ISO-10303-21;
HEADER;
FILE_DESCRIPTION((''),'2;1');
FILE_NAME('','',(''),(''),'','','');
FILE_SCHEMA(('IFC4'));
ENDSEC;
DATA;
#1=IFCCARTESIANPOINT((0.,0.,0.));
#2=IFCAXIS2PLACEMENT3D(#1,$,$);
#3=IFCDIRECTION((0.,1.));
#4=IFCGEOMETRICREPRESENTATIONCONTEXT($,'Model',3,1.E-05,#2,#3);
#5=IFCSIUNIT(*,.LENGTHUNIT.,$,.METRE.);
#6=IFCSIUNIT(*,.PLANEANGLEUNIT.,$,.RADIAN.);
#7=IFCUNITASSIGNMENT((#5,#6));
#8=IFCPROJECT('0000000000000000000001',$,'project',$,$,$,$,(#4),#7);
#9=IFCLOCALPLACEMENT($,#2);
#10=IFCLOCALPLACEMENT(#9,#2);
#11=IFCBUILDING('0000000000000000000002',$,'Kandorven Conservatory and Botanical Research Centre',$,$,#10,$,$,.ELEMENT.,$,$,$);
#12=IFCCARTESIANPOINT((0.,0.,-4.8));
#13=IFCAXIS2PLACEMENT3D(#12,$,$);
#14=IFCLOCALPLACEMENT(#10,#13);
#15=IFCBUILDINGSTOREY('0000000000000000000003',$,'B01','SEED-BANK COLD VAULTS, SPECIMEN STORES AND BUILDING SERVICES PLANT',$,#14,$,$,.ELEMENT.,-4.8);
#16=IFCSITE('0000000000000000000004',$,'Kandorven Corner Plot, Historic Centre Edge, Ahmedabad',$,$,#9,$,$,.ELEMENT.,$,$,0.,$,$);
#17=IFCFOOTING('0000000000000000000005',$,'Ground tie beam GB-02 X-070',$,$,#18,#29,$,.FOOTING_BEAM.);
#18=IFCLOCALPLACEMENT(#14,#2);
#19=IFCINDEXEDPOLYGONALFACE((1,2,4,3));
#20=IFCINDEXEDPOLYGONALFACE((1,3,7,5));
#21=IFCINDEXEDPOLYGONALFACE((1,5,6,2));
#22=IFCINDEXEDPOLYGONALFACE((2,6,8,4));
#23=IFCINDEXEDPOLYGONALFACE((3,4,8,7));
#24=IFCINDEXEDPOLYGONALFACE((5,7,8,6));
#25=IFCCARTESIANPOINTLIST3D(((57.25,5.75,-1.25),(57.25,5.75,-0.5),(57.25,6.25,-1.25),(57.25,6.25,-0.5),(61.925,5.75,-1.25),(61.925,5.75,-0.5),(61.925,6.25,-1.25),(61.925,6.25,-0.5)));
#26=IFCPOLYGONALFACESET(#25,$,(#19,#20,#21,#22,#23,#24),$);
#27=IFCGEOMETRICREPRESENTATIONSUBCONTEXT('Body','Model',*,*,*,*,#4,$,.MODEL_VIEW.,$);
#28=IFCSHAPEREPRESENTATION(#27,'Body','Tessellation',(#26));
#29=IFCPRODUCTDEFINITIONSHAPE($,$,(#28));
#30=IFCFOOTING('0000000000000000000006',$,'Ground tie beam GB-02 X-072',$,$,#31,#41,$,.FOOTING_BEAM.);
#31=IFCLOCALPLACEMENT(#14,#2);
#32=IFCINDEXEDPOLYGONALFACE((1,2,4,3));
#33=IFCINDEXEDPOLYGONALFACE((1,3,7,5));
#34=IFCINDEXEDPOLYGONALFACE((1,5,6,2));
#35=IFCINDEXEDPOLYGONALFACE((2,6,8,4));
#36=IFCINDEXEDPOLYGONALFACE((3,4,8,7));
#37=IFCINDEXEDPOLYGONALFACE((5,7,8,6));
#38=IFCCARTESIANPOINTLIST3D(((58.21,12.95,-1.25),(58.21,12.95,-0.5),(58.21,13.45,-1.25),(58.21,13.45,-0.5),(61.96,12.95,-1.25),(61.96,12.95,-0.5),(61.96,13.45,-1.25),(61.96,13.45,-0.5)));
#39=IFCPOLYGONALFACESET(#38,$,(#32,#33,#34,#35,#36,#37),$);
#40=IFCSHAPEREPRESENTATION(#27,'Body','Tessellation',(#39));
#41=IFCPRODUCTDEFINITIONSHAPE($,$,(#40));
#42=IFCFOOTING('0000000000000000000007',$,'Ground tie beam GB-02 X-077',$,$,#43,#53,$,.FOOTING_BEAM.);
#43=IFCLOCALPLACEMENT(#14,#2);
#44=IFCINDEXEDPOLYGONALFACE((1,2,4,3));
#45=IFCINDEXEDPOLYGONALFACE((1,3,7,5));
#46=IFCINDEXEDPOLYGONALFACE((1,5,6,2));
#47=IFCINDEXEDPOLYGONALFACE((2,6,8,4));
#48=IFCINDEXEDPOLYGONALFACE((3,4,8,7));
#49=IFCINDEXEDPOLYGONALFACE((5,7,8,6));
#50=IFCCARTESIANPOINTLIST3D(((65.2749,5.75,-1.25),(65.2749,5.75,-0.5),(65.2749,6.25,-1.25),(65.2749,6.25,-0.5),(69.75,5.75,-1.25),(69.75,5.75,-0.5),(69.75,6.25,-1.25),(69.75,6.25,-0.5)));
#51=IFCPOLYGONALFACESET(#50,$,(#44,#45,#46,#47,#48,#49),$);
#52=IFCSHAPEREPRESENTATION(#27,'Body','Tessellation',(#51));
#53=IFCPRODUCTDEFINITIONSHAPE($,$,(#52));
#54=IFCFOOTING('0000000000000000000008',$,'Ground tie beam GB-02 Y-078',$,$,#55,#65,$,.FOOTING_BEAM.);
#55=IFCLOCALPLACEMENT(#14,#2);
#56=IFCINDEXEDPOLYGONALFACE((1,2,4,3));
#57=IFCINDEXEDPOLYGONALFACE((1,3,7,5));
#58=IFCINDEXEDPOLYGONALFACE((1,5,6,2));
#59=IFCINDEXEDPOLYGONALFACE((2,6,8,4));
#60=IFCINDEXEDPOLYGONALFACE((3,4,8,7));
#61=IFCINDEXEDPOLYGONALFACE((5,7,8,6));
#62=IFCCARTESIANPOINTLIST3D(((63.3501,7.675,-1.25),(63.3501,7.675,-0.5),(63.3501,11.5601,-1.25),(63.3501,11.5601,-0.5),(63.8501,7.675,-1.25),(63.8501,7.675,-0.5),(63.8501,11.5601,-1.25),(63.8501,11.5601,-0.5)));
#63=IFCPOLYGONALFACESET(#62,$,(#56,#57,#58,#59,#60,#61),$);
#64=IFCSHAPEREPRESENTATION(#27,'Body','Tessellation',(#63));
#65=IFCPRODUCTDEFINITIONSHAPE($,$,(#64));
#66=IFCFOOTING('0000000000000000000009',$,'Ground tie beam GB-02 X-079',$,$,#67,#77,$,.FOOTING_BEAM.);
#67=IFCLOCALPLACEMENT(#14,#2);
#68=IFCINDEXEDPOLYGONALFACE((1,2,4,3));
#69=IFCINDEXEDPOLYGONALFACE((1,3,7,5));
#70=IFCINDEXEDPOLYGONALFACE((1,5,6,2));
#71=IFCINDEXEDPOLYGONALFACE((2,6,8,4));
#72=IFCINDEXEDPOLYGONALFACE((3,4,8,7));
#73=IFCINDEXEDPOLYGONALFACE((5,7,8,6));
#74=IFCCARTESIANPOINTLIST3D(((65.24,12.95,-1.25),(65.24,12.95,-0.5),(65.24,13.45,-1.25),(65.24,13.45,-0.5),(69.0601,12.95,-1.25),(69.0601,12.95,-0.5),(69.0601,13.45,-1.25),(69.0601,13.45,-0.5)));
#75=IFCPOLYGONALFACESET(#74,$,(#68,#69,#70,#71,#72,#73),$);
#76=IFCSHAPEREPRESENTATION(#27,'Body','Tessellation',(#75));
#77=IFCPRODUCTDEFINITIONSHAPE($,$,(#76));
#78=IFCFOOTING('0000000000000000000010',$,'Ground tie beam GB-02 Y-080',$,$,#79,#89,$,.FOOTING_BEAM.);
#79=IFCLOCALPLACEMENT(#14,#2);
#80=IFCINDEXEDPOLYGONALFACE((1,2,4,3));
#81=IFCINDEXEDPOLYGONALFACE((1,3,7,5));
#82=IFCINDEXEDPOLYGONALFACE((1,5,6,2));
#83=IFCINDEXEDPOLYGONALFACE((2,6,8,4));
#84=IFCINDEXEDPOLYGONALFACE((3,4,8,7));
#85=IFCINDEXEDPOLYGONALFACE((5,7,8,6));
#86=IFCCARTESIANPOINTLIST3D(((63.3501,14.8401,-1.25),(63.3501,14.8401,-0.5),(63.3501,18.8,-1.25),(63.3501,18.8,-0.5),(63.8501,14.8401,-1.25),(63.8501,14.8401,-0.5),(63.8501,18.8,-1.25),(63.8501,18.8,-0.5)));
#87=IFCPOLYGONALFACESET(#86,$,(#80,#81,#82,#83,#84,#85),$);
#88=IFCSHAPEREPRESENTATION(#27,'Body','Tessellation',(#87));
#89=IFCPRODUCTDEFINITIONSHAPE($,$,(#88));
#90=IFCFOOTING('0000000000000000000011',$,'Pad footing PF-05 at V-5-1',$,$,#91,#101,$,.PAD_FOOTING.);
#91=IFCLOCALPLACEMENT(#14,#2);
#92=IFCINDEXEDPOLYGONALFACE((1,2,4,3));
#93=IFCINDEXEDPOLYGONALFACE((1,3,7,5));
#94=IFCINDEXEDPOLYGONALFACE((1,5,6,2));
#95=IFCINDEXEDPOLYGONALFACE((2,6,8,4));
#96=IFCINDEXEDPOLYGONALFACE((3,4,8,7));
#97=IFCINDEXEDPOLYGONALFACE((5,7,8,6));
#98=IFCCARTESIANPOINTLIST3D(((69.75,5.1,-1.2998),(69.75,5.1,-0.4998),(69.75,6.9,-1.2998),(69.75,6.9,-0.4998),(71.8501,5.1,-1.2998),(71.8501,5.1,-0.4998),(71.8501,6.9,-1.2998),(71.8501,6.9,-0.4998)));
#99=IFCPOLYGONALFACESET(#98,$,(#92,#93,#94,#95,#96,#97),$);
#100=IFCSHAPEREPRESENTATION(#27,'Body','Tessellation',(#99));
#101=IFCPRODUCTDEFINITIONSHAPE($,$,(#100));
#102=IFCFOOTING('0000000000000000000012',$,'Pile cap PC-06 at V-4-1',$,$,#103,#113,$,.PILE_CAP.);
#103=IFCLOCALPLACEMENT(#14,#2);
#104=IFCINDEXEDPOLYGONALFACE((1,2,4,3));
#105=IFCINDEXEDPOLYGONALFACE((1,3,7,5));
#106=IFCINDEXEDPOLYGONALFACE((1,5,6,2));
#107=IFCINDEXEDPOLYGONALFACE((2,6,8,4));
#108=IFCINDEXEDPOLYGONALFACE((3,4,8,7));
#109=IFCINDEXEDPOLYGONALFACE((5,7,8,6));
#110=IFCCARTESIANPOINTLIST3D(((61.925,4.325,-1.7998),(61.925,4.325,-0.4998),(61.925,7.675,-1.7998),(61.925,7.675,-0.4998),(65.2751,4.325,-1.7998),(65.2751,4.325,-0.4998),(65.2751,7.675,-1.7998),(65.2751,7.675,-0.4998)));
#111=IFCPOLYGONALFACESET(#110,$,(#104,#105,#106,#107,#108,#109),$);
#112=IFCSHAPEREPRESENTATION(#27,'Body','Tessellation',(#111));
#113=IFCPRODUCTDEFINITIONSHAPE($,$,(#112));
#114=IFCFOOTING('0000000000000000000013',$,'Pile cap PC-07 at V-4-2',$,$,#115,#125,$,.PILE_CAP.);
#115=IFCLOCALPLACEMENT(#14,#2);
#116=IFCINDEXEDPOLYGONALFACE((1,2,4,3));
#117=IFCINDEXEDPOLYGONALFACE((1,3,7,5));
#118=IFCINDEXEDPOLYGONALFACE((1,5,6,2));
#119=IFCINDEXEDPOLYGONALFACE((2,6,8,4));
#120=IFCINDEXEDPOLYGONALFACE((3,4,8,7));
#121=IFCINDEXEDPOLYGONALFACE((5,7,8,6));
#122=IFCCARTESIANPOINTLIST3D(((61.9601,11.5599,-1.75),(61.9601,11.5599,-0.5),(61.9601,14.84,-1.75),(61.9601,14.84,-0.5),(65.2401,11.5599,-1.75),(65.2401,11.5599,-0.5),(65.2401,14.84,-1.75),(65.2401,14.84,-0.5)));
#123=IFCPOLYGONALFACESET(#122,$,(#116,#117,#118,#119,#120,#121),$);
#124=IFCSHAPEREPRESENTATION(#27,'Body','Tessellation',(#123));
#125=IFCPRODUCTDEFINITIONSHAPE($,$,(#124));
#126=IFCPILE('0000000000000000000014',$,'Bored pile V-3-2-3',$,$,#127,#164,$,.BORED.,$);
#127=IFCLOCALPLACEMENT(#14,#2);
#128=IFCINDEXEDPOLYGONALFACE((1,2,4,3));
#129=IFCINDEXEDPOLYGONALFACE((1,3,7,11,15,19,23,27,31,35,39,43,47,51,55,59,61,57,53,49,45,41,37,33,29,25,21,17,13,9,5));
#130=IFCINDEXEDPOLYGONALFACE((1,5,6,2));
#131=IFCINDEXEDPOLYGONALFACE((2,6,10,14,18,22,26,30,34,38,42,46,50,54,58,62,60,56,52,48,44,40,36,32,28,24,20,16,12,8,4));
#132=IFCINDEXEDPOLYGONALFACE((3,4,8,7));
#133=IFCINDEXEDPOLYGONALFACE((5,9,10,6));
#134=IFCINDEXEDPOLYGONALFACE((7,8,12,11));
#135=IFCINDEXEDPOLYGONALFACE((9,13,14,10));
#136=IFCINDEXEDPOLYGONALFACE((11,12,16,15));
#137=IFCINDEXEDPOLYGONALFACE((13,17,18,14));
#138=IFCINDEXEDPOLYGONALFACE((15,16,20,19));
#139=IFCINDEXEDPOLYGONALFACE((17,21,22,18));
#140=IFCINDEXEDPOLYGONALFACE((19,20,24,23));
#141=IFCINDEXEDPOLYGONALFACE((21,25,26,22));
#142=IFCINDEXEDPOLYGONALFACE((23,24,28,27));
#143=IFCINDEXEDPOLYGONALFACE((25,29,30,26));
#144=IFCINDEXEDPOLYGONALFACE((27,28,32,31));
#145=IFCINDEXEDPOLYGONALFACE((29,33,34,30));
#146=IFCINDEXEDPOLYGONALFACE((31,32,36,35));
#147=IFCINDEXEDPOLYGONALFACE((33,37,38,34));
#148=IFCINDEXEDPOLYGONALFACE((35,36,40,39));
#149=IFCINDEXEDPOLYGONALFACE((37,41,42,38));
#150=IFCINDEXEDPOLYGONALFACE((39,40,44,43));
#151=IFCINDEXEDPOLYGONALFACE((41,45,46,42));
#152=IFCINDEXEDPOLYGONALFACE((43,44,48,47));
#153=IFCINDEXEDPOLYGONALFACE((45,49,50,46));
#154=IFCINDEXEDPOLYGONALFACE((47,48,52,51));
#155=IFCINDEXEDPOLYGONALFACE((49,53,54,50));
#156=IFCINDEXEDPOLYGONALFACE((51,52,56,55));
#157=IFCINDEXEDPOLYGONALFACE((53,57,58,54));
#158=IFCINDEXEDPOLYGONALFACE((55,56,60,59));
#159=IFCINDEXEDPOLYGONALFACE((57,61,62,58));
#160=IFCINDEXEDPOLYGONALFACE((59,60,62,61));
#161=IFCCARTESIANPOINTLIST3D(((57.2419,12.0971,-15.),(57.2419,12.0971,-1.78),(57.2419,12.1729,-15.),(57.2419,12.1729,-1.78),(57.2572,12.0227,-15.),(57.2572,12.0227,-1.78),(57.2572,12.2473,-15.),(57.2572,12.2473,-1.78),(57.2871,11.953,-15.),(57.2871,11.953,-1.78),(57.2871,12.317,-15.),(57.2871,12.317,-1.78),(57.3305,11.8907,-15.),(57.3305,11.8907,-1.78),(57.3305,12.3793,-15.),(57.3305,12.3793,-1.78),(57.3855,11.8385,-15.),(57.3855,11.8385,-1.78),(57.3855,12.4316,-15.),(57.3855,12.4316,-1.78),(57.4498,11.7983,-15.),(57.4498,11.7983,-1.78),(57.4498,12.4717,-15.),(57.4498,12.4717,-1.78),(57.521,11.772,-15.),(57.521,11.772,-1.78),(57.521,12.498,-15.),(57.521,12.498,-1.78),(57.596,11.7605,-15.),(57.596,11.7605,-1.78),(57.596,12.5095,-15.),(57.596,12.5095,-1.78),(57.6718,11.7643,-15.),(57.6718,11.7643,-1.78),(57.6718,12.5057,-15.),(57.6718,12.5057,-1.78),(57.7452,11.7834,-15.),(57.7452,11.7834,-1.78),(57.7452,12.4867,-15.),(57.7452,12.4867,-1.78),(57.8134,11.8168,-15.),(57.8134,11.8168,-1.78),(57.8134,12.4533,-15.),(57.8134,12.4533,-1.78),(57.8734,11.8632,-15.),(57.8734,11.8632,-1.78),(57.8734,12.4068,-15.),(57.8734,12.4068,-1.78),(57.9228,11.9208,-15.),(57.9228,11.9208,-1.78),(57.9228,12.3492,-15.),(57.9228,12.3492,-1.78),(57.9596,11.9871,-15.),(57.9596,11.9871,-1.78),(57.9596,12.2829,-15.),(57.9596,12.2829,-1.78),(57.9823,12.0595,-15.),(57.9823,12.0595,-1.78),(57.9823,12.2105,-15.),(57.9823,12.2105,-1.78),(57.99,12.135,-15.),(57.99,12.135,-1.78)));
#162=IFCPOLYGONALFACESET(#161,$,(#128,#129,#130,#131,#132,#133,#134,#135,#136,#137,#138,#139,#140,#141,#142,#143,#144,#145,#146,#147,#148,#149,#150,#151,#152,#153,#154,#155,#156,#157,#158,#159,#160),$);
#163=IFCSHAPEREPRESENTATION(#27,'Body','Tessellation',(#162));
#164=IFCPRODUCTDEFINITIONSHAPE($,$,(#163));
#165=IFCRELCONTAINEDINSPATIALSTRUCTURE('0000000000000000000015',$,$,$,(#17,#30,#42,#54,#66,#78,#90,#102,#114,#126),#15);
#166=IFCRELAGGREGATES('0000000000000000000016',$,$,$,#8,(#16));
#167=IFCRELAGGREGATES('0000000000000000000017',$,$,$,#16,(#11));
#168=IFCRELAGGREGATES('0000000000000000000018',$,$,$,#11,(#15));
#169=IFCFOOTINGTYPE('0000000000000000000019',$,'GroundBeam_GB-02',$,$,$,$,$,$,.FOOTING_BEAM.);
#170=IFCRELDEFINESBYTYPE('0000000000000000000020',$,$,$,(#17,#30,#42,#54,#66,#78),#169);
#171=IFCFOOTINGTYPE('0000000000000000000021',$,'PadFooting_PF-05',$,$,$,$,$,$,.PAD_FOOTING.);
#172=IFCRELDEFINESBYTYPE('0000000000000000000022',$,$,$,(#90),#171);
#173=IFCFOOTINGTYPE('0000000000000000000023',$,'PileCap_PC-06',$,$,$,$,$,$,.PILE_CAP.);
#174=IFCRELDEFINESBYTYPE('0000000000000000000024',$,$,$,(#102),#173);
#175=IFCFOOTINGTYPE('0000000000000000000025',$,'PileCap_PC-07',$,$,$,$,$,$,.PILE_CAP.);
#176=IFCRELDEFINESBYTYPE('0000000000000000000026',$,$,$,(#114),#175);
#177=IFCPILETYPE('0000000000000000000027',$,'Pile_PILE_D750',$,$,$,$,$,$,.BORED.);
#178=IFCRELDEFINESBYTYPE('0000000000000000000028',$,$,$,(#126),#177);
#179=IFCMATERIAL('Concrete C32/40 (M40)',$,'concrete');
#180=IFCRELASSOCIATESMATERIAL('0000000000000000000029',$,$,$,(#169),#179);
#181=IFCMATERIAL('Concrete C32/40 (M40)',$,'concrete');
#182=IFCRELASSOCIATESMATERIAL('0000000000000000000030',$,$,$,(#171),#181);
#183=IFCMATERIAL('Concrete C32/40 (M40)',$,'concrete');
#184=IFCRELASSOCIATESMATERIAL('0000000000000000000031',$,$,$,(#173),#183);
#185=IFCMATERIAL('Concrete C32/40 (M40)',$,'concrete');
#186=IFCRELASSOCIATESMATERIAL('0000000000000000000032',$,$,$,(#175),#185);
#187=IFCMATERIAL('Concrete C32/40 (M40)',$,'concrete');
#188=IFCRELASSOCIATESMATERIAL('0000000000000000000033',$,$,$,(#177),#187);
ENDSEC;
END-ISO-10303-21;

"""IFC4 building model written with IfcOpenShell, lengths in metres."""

from ifc_helpers import new_model, si_unit, direction, frame, origin, origin_2d, place, context, subcontext, project, spatial, rectangle, circle, extrude, material, material_profile, profile_set, type_object, element, save


model = new_model("IFC4")

# Units and contexts
model_context = context("Model", 3, precision=1e-05, world=origin(), true_north=direction((0.0, 1.0)))
body_context = subcontext(model_context, "Body", "Model", "MODEL_VIEW")
ifc_project = project(units=[si_unit("LENGTHUNIT", "METRE"), si_unit("PLANEANGLEUNIT", "RADIAN")], contexts=[model_context])

# Site, building, storey
site_placement = place(None, origin())
site = spatial("IfcSite", under=ifc_project, at=site_placement, Name="Kandorven Corner Plot, Historic Centre Edge, Ahmedabad", CompositionType="ELEMENT", RefElevation=0.0)
building_placement = place(site_placement, origin())
building = spatial("IfcBuilding", under=site, at=building_placement, Name="Kandorven Conservatory and Botanical Research Centre", CompositionType="ELEMENT")
storey_placement = place(building_placement, frame((0.0, 0.0, -4.8)))
storey = spatial("IfcBuildingStorey", under=building, at=storey_placement, Name="B01", Description="SEED-BANK COLD VAULTS, SPECIMEN STORES AND BUILDING SERVICES PLANT", CompositionType="ELEMENT", Elevation=-4.8)

# Footings
ifc_material_1 = material(Name="Concrete C32/40 (M40)", Category="concrete")
ifc_material_profile_1 = material_profile(ifc_material_1, rectangle(XDim=0.5, YDim=0.75, at=origin_2d()))
ifc_profile_set_1 = profile_set([ifc_material_profile_1], Name="Concrete C32/40 (M40)")
footing_type_1 = type_object("IfcFootingType", Name="GroundBeam_GB-02", PredefinedType="FOOTING_BEAM", material=ifc_profile_set_1)
footing_1_placement = place(storey_placement, frame((57.25, 6.0, -0.875), z_axis=(1.0, 0.0, 0.0), x_axis=(0.0, 1.0, 0.0)))
element("IfcFooting", 1, at=footing_1_placement, inside=storey, type_object=footing_type_1, Name="Ground tie beam GB-02 X-070", PredefinedType="FOOTING_BEAM", context=body_context, shape_type="SweptSolid", body=[
    extrude(rectangle(XDim=0.5, YDim=0.75, at=origin_2d()), origin(), (0.0, 0.0, 1.0), 4.675),
])
footing_2_placement = place(storey_placement, frame((58.21, 13.2, -0.875), z_axis=(1.0, 0.0, 0.0), x_axis=(0.0, 1.0, 0.0)))
element("IfcFooting", 2, at=footing_2_placement, inside=storey, type_object=footing_type_1, Name="Ground tie beam GB-02 X-072", PredefinedType="FOOTING_BEAM", context=body_context, shape_type="SweptSolid", body=[
    extrude(rectangle(XDim=0.5, YDim=0.75, at=origin_2d()), origin(), (0.0, 0.0, 1.0), 3.75),
])
footing_3_placement = place(storey_placement, frame((65.2749, 6.0, -0.875), z_axis=(1.0, 0.0, 0.0), x_axis=(0.0, 1.0, 0.0)))
element("IfcFooting", 3, at=footing_3_placement, inside=storey, type_object=footing_type_1, Name="Ground tie beam GB-02 X-077", PredefinedType="FOOTING_BEAM", context=body_context, shape_type="SweptSolid", body=[
    extrude(rectangle(XDim=0.5, YDim=0.75, at=origin_2d()), origin(), (0.0, 0.0, 1.0), 4.4751),
])
footing_4_placement = place(storey_placement, frame((63.6001, 7.675, -0.875), z_axis=(0.0, 1.0, 0.0), x_axis=(-1.0, 0.0, 0.0)))
element("IfcFooting", 4, at=footing_4_placement, inside=storey, type_object=footing_type_1, Name="Ground tie beam GB-02 Y-078", PredefinedType="FOOTING_BEAM", context=body_context, shape_type="SweptSolid", body=[
    extrude(rectangle(XDim=0.5, YDim=0.75, at=origin_2d()), origin(), (0.0, 0.0, 1.0), 3.885),
])
footing_5_placement = place(storey_placement, frame((65.24, 13.2, -0.875), z_axis=(1.0, 0.0, 0.0), x_axis=(0.0, 1.0, 0.0)))
element("IfcFooting", 5, at=footing_5_placement, inside=storey, type_object=footing_type_1, Name="Ground tie beam GB-02 X-079", PredefinedType="FOOTING_BEAM", context=body_context, shape_type="SweptSolid", body=[
    extrude(rectangle(XDim=0.5, YDim=0.75, at=origin_2d()), origin(), (0.0, 0.0, 1.0), 3.8201),
])
footing_6_placement = place(storey_placement, frame((63.6001, 14.8401, -0.875), z_axis=(0.0, 1.0, 0.0), x_axis=(-1.0, 0.0, 0.0)))
element("IfcFooting", 6, at=footing_6_placement, inside=storey, type_object=footing_type_1, Name="Ground tie beam GB-02 Y-080", PredefinedType="FOOTING_BEAM", context=body_context, shape_type="SweptSolid", body=[
    extrude(rectangle(XDim=0.5, YDim=0.75, at=origin_2d()), origin(), (0.0, 0.0, 1.0), 3.96),
])
ifc_material_2 = material(Name="Concrete C32/40 (M40)", Category="concrete")
footing_type_2 = type_object("IfcFootingType", Name="PadFooting_PF-05", PredefinedType="PAD_FOOTING", material=ifc_material_2)
footing_7_placement = place(storey_placement, frame((70.8, 6.0, -1.2998), z_axis=(0.0, 0.0, 1.0), x_axis=(1.0, 0.0, 0.0)))
element("IfcFooting", 7, at=footing_7_placement, inside=storey, type_object=footing_type_2, Name="Pad footing PF-05 at V-5-1", PredefinedType="PAD_FOOTING", context=body_context, shape_type="SweptSolid", body=[
    extrude(rectangle(XDim=2.1001, YDim=1.8, at=origin_2d()), origin(), (0.0, 0.0, 1.0), 0.8),
])
ifc_material_3 = material(Name="Concrete C32/40 (M40)", Category="concrete")
footing_type_3 = type_object("IfcFootingType", Name="PileCap_PC-06", PredefinedType="PILE_CAP", material=ifc_material_3)
footing_8_placement = place(storey_placement, frame((63.6001, 6.0, -1.7998), z_axis=(0.0, 0.0, 1.0), x_axis=(1.0, 0.0, 0.0)))
element("IfcFooting", 8, at=footing_8_placement, inside=storey, type_object=footing_type_3, Name="Pile cap PC-06 at V-4-1", PredefinedType="PILE_CAP", context=body_context, shape_type="SweptSolid", body=[
    extrude(rectangle(XDim=3.3501, YDim=3.3501, at=origin_2d()), origin(), (0.0, 0.0, 1.0), 1.3),
])
ifc_material_4 = material(Name="Concrete C32/40 (M40)", Category="concrete")
footing_type_4 = type_object("IfcFootingType", Name="PileCap_PC-07", PredefinedType="PILE_CAP", material=ifc_material_4)
footing_9_placement = place(storey_placement, frame((63.6001, 13.2, -1.75), z_axis=(0.0, 0.0, 1.0), x_axis=(1.0, 0.0, 0.0)))
element("IfcFooting", 9, at=footing_9_placement, inside=storey, type_object=footing_type_4, Name="Pile cap PC-07 at V-4-2", PredefinedType="PILE_CAP", context=body_context, shape_type="SweptSolid", body=[
    extrude(rectangle(XDim=3.28, YDim=3.28, at=origin_2d()), origin(), (0.0, 0.0, 1.0), 1.25),
])

# Pile
ifc_material_5 = material(Name="Concrete C32/40 (M40)", Category="concrete")
ifc_material_profile_2 = material_profile(ifc_material_5, circle(Radius=0.375, at=origin_2d()))
ifc_profile_set_2 = profile_set([ifc_material_profile_2], Name="Concrete C32/40 (M40)")
pile_type = type_object("IfcPileType", Name="Pile_PILE_D750", PredefinedType="BORED", material=ifc_profile_set_2)
for number, where, z_axis, x_axis, name in (
    (10, (57.615, 12.135, -1.78), (0.0, 0.0, -1.0), (1.0, 0.0, 0.0), "Bored pile V-3-2-3"),
):
    element("IfcPile", number, at=place(storey_placement, frame(where, z_axis=z_axis, x_axis=x_axis)), inside=storey, type_object=pile_type, Name=name, PredefinedType="BORED", context=body_context, shape_type="SweptSolid", body=[
        extrude(circle(Radius=0.375, at=origin_2d()), origin(), (0.0, 0.0, 1.0), 13.22),
    ])

save(model, "model.ifc")
